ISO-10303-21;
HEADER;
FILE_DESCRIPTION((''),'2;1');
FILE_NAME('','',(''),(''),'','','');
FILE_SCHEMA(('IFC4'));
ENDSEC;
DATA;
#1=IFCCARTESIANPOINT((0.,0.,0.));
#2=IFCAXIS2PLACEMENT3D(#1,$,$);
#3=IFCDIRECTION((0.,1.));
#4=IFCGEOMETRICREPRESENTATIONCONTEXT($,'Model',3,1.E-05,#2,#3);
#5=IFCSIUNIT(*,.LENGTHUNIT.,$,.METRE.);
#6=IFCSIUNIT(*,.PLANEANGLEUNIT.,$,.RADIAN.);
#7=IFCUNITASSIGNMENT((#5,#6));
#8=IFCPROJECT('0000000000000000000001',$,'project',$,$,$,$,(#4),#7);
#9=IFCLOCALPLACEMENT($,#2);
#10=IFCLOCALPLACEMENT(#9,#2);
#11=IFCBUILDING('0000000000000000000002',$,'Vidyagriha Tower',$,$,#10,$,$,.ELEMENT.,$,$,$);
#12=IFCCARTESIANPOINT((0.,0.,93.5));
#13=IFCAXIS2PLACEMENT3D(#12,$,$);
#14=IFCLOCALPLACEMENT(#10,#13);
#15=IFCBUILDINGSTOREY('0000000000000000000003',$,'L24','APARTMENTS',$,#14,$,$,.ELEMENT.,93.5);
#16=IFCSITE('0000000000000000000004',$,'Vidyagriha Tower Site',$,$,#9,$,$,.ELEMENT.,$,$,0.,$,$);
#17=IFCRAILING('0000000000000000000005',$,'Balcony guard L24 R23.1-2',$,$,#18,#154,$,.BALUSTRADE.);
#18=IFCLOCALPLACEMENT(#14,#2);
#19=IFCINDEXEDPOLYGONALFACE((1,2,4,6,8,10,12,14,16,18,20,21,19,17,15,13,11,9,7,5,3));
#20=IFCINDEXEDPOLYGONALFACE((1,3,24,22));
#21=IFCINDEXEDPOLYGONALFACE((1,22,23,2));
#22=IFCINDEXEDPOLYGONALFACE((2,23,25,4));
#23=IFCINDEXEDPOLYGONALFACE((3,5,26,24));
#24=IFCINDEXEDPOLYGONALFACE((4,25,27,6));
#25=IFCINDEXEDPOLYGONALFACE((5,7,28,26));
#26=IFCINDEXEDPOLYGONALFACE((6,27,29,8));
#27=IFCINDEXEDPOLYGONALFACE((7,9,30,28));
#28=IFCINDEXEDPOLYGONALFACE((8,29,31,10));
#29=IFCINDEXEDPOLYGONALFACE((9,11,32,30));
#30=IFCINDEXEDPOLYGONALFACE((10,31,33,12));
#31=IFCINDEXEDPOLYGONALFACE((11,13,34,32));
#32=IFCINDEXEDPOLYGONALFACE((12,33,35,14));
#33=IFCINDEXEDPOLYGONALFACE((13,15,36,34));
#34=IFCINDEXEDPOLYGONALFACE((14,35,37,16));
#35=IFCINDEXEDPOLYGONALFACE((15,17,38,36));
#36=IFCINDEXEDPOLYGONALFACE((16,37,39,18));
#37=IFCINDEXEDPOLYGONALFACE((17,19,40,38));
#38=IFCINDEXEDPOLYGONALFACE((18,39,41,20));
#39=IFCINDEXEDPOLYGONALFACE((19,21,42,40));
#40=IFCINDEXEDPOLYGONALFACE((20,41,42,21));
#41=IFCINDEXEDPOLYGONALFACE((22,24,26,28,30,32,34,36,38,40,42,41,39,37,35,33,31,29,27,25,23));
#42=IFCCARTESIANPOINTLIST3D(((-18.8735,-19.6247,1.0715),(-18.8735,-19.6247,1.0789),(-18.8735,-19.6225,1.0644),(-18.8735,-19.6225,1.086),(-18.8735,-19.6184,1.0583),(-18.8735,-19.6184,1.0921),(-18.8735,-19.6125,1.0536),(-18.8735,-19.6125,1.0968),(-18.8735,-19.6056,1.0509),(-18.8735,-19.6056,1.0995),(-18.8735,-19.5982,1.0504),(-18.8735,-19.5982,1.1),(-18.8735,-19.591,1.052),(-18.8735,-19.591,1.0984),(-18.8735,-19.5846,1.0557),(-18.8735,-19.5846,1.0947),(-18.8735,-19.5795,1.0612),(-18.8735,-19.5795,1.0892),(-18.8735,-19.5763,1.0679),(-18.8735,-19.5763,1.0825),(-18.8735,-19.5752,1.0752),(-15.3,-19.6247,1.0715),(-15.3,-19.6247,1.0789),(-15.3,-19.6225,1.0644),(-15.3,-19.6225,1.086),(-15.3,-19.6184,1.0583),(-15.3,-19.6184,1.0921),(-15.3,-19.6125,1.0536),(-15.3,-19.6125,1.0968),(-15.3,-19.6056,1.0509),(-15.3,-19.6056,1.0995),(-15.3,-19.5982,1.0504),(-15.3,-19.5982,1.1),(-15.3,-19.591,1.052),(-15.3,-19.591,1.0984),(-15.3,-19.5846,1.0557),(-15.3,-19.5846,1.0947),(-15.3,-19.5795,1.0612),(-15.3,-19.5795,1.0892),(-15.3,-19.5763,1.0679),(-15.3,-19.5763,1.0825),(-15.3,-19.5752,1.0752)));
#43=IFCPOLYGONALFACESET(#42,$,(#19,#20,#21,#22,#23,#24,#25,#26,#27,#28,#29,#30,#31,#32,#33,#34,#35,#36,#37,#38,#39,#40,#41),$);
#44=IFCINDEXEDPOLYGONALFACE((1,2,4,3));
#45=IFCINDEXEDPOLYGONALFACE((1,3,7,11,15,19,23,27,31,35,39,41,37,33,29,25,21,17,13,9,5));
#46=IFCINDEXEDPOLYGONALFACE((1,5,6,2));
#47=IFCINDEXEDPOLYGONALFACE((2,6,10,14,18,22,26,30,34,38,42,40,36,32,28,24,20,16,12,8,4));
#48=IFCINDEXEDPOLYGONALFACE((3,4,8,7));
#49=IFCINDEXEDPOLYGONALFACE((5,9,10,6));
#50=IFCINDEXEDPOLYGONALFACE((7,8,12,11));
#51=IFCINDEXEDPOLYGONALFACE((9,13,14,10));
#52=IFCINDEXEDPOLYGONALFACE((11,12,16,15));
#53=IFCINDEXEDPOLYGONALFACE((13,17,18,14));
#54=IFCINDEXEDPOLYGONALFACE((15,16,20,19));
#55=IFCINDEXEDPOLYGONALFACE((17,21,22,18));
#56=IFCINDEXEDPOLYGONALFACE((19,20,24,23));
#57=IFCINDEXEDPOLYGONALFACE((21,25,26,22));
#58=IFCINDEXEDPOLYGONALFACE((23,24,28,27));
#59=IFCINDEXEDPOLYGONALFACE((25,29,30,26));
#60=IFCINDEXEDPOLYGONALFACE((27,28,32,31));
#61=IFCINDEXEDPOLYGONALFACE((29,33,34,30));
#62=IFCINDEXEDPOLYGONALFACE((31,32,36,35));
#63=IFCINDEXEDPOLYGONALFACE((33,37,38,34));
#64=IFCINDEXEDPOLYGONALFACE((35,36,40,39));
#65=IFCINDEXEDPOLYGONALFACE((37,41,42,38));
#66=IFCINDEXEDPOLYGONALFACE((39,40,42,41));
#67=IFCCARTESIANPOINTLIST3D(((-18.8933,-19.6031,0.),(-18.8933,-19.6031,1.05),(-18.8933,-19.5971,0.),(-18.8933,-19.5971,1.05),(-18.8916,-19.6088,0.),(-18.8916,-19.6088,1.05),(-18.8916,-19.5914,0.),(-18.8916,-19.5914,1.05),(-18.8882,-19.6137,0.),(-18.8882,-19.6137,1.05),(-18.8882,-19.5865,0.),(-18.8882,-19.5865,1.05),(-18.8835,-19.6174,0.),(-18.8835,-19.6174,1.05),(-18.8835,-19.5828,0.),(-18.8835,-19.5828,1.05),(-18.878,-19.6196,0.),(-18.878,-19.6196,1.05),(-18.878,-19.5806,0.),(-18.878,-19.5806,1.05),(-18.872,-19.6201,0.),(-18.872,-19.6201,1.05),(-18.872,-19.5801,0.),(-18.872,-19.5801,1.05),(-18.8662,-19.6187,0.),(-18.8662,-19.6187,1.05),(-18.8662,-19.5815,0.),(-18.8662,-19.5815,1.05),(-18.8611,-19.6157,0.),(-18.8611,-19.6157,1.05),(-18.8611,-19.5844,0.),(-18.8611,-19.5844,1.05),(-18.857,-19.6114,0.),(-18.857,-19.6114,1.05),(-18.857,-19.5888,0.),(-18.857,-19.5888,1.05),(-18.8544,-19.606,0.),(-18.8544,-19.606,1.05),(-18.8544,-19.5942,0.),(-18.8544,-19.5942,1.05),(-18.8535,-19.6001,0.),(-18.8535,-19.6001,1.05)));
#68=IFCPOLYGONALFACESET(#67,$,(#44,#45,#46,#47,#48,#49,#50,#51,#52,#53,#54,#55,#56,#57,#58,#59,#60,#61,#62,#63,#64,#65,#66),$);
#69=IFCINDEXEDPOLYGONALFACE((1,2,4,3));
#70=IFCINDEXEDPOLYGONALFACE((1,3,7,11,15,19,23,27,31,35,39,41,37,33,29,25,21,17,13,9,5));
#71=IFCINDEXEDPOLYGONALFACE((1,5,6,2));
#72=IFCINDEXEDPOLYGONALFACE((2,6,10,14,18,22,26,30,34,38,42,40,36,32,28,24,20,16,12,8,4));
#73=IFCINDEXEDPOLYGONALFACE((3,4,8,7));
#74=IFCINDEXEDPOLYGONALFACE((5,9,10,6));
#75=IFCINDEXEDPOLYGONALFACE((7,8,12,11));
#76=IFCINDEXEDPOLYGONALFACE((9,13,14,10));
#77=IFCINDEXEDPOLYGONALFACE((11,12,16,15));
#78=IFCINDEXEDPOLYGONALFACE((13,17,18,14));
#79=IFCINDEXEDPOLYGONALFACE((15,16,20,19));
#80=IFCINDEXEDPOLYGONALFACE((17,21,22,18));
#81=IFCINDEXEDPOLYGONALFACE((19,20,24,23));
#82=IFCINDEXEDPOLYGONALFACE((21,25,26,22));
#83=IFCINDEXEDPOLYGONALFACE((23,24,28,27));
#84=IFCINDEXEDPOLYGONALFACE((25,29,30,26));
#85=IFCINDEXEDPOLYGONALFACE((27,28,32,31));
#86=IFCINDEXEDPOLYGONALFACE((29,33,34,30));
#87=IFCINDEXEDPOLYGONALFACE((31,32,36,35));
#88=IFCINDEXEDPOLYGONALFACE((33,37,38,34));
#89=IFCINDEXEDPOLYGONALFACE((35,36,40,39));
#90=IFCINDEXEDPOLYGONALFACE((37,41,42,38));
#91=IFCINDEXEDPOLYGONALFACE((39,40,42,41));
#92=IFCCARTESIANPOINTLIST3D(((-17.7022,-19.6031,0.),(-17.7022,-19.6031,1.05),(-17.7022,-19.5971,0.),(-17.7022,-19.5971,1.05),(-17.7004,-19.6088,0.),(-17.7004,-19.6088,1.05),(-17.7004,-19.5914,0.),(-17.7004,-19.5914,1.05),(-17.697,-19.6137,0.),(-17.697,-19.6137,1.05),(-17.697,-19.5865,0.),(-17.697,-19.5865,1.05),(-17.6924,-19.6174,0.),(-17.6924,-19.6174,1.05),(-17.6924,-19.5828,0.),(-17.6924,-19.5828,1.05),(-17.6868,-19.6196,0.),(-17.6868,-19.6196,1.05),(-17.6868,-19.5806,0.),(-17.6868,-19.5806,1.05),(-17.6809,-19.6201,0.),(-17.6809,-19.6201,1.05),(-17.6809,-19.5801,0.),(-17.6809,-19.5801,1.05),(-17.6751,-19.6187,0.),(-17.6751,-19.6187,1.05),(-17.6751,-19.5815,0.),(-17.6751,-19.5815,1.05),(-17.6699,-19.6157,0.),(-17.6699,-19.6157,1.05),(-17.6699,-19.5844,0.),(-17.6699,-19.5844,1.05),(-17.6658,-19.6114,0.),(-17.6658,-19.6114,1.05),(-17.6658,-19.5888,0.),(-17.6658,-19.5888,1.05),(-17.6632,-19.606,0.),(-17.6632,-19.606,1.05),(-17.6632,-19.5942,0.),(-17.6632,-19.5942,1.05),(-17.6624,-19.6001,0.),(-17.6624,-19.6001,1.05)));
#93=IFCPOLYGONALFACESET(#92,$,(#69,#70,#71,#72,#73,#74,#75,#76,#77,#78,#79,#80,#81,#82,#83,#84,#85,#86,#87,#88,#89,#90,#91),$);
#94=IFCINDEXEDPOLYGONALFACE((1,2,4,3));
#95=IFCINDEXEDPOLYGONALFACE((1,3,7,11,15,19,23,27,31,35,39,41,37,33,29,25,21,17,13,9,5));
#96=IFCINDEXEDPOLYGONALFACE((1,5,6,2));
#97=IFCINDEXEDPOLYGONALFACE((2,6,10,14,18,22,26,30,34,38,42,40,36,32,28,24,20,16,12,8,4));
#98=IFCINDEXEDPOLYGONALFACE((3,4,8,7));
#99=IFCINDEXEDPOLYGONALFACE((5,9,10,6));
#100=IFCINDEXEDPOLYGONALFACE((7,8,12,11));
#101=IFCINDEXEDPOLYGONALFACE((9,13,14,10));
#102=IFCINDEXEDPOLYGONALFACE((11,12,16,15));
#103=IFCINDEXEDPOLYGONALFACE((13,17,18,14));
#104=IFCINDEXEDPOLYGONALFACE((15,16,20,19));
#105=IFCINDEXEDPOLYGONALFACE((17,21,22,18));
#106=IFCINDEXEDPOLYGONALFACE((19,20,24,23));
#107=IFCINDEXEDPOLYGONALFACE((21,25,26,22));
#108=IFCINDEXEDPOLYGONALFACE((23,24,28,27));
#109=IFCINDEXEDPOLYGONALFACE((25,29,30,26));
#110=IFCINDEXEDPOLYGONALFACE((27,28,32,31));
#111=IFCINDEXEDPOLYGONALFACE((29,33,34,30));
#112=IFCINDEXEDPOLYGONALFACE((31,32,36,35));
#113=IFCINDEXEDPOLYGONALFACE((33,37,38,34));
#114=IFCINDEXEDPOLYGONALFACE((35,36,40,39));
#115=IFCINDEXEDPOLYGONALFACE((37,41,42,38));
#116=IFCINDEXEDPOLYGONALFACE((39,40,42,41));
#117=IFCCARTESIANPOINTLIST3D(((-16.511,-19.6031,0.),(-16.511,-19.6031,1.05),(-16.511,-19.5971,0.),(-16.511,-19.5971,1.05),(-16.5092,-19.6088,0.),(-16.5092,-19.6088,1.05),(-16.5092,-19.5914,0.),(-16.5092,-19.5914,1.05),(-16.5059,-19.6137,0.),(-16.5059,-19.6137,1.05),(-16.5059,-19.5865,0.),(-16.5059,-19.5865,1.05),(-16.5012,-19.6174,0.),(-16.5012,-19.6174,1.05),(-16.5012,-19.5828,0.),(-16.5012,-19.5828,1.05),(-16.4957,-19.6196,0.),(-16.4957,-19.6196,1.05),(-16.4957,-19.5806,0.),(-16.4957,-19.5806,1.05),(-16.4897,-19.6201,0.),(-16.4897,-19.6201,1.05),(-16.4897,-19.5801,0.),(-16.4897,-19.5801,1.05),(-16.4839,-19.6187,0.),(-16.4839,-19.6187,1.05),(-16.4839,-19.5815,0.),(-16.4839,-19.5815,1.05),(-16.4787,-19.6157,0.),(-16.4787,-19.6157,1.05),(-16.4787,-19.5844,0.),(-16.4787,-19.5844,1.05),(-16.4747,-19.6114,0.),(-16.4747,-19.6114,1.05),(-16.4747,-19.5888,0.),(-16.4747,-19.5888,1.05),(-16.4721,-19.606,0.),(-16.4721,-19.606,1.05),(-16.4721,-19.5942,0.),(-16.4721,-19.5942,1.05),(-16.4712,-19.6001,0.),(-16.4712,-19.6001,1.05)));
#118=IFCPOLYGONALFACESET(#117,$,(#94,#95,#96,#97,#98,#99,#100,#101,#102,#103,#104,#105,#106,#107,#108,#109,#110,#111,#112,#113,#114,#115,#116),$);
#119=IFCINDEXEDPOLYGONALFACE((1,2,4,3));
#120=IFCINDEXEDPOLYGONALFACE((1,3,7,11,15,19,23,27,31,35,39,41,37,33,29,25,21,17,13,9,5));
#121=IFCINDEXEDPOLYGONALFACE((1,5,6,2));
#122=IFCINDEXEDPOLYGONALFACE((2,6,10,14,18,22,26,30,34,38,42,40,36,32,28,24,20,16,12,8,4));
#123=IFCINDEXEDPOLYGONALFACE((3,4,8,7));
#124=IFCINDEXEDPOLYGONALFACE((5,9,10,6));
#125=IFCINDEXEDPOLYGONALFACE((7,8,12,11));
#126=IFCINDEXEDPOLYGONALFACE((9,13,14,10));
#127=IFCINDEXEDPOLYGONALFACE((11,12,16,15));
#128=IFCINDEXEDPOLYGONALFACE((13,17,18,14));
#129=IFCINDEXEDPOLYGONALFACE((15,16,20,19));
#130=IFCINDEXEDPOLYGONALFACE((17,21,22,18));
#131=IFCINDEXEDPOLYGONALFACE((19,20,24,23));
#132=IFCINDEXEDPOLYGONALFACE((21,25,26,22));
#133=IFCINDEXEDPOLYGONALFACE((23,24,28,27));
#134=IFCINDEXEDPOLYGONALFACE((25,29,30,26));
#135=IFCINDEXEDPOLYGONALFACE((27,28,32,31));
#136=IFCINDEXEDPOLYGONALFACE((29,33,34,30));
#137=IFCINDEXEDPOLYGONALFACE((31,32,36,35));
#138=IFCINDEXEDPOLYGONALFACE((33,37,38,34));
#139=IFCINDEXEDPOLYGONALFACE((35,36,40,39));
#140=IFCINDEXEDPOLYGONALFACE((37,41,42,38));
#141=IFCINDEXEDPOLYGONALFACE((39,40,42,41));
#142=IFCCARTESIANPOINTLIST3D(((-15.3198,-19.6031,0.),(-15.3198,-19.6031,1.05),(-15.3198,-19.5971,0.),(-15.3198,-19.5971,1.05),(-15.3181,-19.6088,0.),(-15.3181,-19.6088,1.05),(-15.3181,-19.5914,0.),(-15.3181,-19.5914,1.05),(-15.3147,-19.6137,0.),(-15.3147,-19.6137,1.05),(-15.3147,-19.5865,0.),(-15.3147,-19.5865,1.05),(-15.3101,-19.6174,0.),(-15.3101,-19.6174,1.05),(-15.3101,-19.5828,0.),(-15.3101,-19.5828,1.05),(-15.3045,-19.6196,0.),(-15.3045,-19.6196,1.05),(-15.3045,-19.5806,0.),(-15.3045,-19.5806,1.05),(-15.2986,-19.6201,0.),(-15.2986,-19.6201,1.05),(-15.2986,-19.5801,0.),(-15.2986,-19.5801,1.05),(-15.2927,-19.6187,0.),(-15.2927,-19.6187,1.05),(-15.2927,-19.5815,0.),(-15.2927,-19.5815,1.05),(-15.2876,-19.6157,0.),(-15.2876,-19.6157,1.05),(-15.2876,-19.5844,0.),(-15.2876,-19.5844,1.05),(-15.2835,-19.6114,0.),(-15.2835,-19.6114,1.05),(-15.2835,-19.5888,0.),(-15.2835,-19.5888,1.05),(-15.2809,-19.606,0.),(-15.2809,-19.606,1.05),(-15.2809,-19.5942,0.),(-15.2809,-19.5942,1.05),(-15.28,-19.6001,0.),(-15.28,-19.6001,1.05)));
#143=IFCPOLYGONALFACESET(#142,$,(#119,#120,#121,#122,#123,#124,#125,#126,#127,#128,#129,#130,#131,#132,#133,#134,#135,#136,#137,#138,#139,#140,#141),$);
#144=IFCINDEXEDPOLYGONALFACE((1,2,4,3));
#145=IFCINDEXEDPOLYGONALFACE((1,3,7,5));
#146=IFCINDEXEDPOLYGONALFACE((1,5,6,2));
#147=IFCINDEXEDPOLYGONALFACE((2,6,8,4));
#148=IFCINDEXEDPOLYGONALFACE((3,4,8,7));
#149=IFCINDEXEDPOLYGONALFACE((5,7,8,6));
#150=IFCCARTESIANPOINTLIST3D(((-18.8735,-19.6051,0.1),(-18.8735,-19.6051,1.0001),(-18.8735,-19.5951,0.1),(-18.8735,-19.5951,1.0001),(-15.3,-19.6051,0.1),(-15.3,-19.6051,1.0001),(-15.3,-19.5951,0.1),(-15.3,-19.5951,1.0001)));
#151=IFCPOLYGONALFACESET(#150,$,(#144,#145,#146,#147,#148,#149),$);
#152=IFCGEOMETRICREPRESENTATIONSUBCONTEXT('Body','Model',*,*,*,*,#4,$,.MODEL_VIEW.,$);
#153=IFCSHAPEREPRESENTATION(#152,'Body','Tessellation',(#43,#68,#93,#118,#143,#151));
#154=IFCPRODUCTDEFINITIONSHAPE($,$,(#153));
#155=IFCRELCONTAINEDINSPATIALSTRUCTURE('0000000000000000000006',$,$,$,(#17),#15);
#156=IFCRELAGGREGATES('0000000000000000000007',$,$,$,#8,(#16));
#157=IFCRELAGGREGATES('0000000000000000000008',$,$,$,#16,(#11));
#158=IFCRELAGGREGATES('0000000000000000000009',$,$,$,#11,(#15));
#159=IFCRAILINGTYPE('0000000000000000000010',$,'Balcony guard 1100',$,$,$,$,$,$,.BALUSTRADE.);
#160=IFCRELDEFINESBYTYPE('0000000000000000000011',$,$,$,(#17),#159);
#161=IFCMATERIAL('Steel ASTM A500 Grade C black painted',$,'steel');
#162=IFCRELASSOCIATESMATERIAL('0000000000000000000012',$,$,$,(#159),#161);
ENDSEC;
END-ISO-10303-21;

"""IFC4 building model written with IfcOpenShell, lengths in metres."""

from ifc_helpers import new_model, si_unit, direction, frame, origin, origin_2d, place, context, subcontext, project, spatial, rectangle, circle, extrude, material, type_object, element, save


model = new_model("IFC4")

# Units and contexts
model_context = context("Model", 3, precision=1e-05, world=origin(), true_north=direction((0.0, 1.0)))
body_context = subcontext(model_context, "Body", "Model", "MODEL_VIEW")
ifc_project = project(units=[si_unit("LENGTHUNIT", "METRE"), si_unit("PLANEANGLEUNIT", "RADIAN")], contexts=[model_context])

# Site, building, storey
site_placement = place(None, origin())
site = spatial("IfcSite", under=ifc_project, at=site_placement, Name="Vidyagriha Tower Site", CompositionType="ELEMENT", RefElevation=0.0)
building_placement = place(site_placement, origin())
building = spatial("IfcBuilding", under=site, at=building_placement, Name="Vidyagriha Tower", CompositionType="ELEMENT")
storey_placement = place(building_placement, frame((0.0, 0.0, 93.5)))
storey = spatial("IfcBuildingStorey", under=building, at=storey_placement, Name="L24", Description="APARTMENTS", CompositionType="ELEMENT", Elevation=93.5)

# Railing
ifc_material_1 = material(Name="Steel ASTM A500 Grade C black painted", Category="steel")
railing_type = type_object("IfcRailingType", Name="Balcony guard 1100", PredefinedType="BALUSTRADE", material=ifc_material_1)
railing_1_placement = place(storey_placement, frame((-18.8735, -19.6001, 0.0)))
element("IfcRailing", 1, at=railing_1_placement, inside=storey, type_object=railing_type, Name="Balcony guard L24 R23.1-2", PredefinedType="BALUSTRADE", context=body_context, shape_type="SweptSolid", body=[
    extrude(circle(Radius=0.0249, at=origin_2d()), frame((0.0, 0.0, 1.0752), z_axis=(1.0, 0.0, 0.0), x_axis=(0.0, 1.0, 0.0)), (0.0, 0.0, 1.0), 3.5735),
    extrude(circle(Radius=0.02, at=origin_2d()), origin(), (0.0, 0.0, 1.0), 1.05),
    extrude(circle(Radius=0.02, at=origin_2d()), frame((1.1912, 0.0, 0.0)), (0.0, 0.0, 1.0), 1.05),
    extrude(circle(Radius=0.02, at=origin_2d()), frame((2.3823, 0.0, 0.0)), (0.0, 0.0, 1.0), 1.05),
    extrude(circle(Radius=0.02, at=origin_2d()), frame((3.5735, 0.0, 0.0)), (0.0, 0.0, 1.0), 1.05),
    extrude(rectangle(XDim=0.01, YDim=0.9001, at=origin_2d()), frame((0.0, 0.0, 0.55), z_axis=(1.0, 0.0, 0.0), x_axis=(0.0, 1.0, 0.0)), (0.0, 0.0, 1.0), 3.5735),
])

save(model, "model.ifc")
